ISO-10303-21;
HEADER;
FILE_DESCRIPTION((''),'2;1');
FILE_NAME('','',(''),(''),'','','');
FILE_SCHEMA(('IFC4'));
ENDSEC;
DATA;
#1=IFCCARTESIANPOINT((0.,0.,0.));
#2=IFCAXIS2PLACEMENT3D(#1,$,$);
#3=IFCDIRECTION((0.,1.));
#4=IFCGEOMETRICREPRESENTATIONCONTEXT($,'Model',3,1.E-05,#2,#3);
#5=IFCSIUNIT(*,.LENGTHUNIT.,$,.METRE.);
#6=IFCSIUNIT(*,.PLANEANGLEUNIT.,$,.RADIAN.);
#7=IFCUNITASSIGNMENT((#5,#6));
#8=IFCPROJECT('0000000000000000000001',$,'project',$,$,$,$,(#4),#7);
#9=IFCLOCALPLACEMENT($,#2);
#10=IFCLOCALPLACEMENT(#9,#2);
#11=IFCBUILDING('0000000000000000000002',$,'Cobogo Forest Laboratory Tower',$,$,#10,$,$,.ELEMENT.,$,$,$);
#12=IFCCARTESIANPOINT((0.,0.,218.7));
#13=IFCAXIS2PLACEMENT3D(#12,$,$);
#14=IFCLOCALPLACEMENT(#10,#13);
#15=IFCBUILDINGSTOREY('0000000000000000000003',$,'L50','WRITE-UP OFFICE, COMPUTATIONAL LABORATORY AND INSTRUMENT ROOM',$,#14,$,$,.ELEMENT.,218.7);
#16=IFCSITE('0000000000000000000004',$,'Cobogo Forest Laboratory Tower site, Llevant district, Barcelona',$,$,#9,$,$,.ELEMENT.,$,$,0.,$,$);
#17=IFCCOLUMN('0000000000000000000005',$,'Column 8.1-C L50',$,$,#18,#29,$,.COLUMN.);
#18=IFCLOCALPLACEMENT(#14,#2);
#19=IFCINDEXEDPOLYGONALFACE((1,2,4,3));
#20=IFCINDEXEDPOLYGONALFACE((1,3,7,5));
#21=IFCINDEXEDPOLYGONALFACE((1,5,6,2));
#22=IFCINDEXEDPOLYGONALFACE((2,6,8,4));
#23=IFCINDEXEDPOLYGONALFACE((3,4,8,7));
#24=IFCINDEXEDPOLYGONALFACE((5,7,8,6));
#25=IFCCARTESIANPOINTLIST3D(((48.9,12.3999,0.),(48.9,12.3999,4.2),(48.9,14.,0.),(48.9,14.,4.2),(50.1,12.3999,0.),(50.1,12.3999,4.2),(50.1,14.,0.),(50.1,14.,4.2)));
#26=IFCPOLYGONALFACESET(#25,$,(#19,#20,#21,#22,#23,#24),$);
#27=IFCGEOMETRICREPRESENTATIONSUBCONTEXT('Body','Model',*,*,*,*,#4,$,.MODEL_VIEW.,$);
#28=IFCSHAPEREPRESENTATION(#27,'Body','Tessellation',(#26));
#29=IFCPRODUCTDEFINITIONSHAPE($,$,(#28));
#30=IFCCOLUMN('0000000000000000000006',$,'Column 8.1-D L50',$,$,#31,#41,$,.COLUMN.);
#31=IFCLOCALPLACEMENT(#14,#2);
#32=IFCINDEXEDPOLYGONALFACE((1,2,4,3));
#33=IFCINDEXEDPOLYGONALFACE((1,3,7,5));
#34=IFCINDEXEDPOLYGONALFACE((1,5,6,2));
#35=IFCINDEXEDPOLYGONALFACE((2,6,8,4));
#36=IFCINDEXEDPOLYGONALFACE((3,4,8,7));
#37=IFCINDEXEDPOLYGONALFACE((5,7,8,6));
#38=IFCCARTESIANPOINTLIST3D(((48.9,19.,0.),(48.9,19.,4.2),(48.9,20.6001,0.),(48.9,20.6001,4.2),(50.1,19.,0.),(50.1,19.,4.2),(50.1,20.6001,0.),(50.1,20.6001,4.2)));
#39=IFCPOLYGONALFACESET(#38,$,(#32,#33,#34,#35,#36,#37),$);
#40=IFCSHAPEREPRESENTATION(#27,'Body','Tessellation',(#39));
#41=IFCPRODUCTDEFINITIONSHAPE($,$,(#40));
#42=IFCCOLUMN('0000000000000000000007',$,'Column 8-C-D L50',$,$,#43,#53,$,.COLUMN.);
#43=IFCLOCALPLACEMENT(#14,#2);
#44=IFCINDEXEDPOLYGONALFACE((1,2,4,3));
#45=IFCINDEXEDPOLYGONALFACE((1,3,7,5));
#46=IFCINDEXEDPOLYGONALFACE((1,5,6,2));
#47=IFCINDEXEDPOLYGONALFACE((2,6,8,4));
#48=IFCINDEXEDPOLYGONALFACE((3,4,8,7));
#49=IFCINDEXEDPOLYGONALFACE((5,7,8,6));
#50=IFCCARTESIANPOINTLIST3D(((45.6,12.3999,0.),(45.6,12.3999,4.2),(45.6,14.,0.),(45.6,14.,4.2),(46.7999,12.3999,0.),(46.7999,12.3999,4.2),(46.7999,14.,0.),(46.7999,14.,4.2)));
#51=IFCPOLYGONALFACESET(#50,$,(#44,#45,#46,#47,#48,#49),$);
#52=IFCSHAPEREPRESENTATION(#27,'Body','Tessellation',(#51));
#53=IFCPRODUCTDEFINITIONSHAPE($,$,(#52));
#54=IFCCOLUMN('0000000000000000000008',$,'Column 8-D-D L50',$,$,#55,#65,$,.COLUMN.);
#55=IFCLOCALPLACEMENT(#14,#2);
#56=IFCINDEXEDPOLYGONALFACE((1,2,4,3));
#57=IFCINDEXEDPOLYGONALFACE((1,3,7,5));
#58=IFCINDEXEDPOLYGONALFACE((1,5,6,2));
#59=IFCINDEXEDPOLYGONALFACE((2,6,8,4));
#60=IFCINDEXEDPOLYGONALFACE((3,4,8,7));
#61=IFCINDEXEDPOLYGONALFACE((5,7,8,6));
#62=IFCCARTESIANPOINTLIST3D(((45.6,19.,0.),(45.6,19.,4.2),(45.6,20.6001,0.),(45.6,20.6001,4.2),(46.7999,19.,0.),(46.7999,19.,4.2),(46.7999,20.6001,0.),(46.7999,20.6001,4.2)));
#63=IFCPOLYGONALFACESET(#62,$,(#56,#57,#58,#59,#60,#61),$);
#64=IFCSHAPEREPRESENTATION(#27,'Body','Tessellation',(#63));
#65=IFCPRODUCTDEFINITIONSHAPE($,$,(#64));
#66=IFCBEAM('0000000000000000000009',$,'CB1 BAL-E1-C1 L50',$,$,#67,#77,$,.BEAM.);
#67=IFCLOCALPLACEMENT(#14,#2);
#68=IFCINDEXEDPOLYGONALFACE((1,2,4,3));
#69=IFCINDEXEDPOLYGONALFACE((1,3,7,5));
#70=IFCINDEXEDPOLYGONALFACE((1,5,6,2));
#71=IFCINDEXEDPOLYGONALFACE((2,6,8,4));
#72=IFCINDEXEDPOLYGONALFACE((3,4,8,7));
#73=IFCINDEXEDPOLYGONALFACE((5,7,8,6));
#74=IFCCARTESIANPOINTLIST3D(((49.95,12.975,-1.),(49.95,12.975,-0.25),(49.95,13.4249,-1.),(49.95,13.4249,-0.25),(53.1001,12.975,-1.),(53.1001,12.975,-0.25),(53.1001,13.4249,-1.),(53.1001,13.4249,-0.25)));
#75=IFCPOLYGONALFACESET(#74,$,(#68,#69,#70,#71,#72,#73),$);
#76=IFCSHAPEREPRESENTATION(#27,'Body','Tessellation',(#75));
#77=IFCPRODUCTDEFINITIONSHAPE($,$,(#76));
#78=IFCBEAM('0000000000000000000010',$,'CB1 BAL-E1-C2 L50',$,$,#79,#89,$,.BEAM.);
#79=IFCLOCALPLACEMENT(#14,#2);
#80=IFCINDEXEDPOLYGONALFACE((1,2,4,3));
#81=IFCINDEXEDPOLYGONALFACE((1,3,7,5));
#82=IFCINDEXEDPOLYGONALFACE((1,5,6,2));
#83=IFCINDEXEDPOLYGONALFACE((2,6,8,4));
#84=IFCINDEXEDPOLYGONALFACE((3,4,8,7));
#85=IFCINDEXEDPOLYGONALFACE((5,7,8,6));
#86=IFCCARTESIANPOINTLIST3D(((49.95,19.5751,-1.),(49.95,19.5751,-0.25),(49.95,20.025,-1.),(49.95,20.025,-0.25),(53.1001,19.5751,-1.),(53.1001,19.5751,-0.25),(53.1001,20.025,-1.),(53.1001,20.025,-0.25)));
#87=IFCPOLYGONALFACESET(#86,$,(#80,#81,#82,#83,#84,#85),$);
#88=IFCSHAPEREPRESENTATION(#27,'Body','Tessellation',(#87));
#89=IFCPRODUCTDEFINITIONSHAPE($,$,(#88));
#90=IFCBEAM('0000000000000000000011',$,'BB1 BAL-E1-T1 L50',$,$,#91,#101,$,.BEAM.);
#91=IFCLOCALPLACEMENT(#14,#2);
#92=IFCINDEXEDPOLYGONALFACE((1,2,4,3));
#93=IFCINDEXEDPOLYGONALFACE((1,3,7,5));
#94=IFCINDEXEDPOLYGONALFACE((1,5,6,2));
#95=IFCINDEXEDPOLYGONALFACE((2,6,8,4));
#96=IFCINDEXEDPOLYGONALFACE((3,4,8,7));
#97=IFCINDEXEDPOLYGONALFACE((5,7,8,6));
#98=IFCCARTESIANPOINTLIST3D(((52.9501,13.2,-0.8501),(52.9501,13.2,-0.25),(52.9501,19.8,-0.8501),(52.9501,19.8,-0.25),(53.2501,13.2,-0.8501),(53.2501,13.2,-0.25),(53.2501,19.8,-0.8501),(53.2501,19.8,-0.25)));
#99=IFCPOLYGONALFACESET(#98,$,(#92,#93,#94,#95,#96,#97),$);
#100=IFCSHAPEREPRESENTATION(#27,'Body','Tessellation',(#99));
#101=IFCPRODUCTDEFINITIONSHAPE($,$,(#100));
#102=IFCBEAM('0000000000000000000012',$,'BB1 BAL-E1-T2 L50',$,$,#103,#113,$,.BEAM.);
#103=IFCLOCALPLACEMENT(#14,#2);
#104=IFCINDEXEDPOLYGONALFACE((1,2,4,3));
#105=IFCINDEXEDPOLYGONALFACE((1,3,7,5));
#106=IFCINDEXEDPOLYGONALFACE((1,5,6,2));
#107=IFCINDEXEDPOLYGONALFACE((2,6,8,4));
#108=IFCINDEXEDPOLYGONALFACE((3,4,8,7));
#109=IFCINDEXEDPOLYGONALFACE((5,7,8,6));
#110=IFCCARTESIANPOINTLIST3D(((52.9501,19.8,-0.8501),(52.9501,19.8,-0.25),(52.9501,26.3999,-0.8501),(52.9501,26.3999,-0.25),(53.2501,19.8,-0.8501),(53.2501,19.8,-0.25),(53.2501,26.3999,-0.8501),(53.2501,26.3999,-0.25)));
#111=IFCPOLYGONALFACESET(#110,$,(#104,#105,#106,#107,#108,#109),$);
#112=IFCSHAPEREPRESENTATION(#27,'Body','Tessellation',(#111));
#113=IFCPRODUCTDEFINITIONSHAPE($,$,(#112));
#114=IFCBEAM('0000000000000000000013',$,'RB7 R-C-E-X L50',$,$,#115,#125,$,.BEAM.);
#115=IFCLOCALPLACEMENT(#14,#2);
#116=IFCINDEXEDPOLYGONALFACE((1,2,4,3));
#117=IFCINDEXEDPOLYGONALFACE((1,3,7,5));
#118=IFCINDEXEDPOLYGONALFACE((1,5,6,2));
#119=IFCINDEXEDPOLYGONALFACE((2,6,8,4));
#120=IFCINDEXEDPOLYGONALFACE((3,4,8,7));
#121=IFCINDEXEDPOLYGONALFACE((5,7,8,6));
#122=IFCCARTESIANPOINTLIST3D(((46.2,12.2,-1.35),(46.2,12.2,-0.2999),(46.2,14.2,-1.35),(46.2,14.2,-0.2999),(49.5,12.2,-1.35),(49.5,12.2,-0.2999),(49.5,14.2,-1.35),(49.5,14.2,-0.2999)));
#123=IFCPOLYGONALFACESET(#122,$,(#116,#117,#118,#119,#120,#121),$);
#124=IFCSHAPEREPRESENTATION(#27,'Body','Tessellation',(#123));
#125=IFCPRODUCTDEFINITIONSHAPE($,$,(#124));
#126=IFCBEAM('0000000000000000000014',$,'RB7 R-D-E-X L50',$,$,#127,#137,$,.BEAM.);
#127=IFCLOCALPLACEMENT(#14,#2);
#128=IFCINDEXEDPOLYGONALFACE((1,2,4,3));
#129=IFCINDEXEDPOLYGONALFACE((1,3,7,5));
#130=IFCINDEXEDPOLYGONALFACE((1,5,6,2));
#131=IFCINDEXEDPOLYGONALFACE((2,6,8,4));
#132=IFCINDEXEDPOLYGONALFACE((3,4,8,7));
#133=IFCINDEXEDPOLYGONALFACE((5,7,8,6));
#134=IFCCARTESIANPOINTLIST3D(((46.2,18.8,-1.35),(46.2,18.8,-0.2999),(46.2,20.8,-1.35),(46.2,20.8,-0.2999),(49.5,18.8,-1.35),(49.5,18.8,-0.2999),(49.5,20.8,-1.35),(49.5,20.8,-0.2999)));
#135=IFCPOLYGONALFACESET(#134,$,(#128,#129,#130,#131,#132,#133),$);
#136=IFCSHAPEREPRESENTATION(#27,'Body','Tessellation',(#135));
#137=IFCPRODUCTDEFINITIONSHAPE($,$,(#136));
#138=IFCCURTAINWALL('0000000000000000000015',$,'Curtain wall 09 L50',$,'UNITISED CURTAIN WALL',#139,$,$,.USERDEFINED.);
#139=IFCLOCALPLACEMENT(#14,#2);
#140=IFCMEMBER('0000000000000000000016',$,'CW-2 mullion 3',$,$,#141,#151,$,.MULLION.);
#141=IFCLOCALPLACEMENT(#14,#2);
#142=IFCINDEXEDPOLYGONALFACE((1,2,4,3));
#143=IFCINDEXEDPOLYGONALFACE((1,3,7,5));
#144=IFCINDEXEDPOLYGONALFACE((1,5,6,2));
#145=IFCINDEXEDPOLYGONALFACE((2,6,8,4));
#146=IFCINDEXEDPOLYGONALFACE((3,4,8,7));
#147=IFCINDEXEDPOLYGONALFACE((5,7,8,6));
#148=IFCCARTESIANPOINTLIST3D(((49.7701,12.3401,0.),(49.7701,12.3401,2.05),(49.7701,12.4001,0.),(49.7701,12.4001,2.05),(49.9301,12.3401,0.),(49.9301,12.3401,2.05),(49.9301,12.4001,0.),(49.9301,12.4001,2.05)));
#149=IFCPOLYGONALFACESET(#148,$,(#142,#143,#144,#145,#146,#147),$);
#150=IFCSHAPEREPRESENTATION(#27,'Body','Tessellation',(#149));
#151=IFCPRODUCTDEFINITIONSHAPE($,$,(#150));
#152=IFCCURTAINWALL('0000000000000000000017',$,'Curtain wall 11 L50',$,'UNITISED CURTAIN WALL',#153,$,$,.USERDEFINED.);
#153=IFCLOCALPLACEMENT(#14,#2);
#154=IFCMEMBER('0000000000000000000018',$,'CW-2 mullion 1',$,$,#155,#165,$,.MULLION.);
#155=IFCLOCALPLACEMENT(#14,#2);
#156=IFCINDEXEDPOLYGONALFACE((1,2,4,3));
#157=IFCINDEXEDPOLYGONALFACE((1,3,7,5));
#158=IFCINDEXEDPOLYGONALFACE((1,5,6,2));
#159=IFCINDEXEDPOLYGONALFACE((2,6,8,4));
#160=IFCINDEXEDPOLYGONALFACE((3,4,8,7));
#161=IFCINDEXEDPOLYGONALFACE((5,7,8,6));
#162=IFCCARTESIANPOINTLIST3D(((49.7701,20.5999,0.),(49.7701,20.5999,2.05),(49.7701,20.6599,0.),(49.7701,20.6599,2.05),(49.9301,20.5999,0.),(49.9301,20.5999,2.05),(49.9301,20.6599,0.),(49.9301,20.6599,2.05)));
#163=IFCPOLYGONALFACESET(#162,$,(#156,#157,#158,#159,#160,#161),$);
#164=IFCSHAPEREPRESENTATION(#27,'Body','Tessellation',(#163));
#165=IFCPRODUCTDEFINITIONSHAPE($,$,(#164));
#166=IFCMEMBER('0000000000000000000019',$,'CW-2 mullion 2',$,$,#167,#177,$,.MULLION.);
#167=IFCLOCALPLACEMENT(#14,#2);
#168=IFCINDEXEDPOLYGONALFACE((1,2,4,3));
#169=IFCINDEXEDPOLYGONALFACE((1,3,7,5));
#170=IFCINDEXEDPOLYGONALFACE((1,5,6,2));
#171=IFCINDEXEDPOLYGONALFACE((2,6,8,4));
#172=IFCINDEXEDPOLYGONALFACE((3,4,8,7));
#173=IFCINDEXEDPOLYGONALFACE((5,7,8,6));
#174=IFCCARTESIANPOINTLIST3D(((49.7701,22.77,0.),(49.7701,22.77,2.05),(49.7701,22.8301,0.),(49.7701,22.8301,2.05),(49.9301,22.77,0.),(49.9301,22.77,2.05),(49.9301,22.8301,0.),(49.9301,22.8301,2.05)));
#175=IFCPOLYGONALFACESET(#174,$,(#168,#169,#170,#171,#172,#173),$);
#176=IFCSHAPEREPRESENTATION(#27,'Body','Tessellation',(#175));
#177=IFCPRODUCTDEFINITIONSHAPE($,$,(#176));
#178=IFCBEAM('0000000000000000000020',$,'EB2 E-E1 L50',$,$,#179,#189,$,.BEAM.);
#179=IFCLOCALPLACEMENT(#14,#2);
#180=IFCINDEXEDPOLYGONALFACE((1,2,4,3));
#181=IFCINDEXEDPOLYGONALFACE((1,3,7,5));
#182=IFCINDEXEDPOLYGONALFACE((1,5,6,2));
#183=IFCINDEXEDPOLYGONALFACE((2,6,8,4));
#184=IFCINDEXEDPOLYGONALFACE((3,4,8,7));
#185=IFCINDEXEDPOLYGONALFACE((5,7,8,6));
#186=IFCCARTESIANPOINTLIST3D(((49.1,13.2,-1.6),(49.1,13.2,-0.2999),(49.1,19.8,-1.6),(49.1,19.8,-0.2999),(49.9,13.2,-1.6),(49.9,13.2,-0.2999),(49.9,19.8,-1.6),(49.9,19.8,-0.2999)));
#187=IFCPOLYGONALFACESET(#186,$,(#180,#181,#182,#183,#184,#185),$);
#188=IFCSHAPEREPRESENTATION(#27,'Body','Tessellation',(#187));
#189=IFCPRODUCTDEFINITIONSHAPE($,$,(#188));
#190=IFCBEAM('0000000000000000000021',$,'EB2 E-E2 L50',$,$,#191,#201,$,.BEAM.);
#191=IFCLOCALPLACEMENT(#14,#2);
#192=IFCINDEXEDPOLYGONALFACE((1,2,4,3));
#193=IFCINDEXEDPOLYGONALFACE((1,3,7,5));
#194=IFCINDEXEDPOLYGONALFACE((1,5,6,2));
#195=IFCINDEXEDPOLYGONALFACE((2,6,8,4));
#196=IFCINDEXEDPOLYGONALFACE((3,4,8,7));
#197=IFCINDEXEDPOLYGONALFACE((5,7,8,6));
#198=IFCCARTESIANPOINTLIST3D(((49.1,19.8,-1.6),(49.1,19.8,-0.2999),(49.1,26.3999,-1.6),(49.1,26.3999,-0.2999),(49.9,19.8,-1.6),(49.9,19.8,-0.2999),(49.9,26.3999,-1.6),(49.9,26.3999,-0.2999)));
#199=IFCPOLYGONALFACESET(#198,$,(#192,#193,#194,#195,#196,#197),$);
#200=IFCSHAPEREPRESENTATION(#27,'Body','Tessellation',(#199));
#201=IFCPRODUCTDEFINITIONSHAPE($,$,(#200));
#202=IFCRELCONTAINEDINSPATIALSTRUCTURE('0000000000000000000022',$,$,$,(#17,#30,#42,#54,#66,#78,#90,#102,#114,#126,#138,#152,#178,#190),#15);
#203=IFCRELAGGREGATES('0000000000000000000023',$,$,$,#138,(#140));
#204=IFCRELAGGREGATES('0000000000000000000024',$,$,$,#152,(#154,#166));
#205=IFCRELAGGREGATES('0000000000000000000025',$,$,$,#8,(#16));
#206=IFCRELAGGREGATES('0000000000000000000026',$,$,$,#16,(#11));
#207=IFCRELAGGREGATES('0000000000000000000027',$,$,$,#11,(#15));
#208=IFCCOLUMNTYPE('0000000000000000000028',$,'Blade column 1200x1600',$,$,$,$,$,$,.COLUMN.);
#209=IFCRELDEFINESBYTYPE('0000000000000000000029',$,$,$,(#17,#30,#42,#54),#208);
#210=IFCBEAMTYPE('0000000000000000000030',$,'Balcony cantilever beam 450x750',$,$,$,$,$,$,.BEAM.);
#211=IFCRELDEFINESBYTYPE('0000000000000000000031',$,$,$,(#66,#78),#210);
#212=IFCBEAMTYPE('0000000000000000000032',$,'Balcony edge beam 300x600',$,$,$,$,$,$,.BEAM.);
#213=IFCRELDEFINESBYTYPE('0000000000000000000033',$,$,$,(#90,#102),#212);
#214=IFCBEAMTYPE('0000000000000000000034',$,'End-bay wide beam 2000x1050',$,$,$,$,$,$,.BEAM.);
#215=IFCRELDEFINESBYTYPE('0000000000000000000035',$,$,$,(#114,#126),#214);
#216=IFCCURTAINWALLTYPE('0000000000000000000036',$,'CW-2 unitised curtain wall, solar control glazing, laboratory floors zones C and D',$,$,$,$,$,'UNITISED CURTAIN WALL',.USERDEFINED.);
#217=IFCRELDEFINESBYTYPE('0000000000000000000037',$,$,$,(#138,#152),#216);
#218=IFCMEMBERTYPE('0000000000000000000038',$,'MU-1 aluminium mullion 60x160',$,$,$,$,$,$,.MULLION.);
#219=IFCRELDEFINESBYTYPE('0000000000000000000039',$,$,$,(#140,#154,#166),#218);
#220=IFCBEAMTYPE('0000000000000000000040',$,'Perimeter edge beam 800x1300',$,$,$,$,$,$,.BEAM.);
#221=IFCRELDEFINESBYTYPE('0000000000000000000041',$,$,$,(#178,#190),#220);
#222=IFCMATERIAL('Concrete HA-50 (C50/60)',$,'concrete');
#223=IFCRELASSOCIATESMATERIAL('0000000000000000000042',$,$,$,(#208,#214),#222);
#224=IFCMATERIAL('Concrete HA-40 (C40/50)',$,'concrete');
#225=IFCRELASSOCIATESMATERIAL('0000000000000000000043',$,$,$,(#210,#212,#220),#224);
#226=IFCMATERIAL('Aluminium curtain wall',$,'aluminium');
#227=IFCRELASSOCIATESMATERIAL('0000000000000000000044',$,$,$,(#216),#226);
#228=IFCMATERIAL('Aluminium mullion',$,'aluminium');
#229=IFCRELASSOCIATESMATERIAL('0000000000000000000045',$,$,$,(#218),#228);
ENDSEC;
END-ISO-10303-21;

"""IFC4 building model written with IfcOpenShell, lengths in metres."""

from ifc_helpers import new_model, si_unit, direction, frame, origin, origin_2d, place, context, subcontext, project, spatial, rectangle, extrude, material, material_profile, profile_set, type_object, element, aggregate, save


model = new_model("IFC4")

# Units and contexts
model_context = context("Model", 3, precision=1e-05, world=origin(), true_north=direction((0.0, 1.0)))
body_context = subcontext(model_context, "Body", "Model", "MODEL_VIEW")
ifc_project = project(units=[si_unit("LENGTHUNIT", "METRE"), si_unit("PLANEANGLEUNIT", "RADIAN")], contexts=[model_context])

# Site, building, storey
site_placement = place(None, origin())
site = spatial("IfcSite", under=ifc_project, at=site_placement, Name="Cobogo Forest Laboratory Tower site, Llevant district, Barcelona", CompositionType="ELEMENT", RefElevation=0.0)
building_placement = place(site_placement, origin())
building = spatial("IfcBuilding", under=site, at=building_placement, Name="Cobogo Forest Laboratory Tower", CompositionType="ELEMENT")
storey_placement = place(building_placement, frame((0.0, 0.0, 218.7)))
storey = spatial("IfcBuildingStorey", under=building, at=storey_placement, Name="L50", Description="WRITE-UP OFFICE, COMPUTATIONAL LABORATORY AND INSTRUMENT ROOM", CompositionType="ELEMENT", Elevation=218.7)

# Columns
ifc_material_1 = material(Name="Concrete HA-50 (C50/60)", Category="concrete")
ifc_material_profile_1 = material_profile(ifc_material_1, rectangle(XDim=1.6001, YDim=1.2, at=origin_2d()), Name="RC 1200x1600")
ifc_profile_set_1 = profile_set([ifc_material_profile_1], Name="Concrete HA-50 (C50/60)")
column_type = type_object("IfcColumnType", Name="Blade column 1200x1600", PredefinedType="COLUMN", material=ifc_profile_set_1)
for number, where, z_axis, x_axis, name in (
    (1, (49.5, 13.2, 0.0), (0.0, 0.0, 1.0), (0.0, 1.0, 0.0), "Column 8.1-C L50"),
    (2, (49.5, 19.8, 0.0), (0.0, 0.0, 1.0), (0.0, 1.0, 0.0), "Column 8.1-D L50"),
    (3, (46.2, 13.2, 0.0), (0.0, 0.0, 1.0), (0.0, 1.0, 0.0), "Column 8-C-D L50"),
    (4, (46.2, 19.8, 0.0), (0.0, 0.0, 1.0), (0.0, 1.0, 0.0), "Column 8-D-D L50"),
):
    element("IfcColumn", number, at=place(storey_placement, frame(where, z_axis=z_axis, x_axis=x_axis)), inside=storey, type_object=column_type, Name=name, PredefinedType="COLUMN", context=body_context, shape_type="SweptSolid", body=[
        extrude(rectangle(XDim=1.6001, YDim=1.2, at=origin_2d()), origin(), (0.0, 0.0, 1.0), 4.2),
    ])

# Beams
ifc_material_2 = material(Name="Concrete HA-40 (C40/50)", Category="concrete")
ifc_material_profile_2 = material_profile(ifc_material_2, rectangle(XDim=0.45, YDim=0.75, at=origin_2d()), Name="RC 450x750")
ifc_profile_set_2 = profile_set([ifc_material_profile_2], Name="Concrete HA-40 (C40/50)")
beam_type_1 = type_object("IfcBeamType", Name="Balcony cantilever beam 450x750", PredefinedType="BEAM", material=ifc_profile_set_2)
for number, where, z_axis, x_axis, name in (
    (5, (49.95, 13.2, -0.625), (1.0, 0.0, 0.0), (0.0, 1.0, 0.0), "CB1 BAL-E1-C1 L50"),
    (6, (49.95, 19.8, -0.625), (1.0, 0.0, 0.0), (0.0, 1.0, 0.0), "CB1 BAL-E1-C2 L50"),
):
    element("IfcBeam", number, at=place(storey_placement, frame(where, z_axis=z_axis, x_axis=x_axis)), inside=storey, type_object=beam_type_1, Name=name, PredefinedType="BEAM", context=body_context, shape_type="SweptSolid", body=[
        extrude(rectangle(XDim=0.45, YDim=0.75, at=origin_2d()), origin(), (0.0, 0.0, 1.0), 3.1501),
    ])
ifc_material_profile_3 = material_profile(ifc_material_2, rectangle(XDim=0.3, YDim=0.6001, at=origin_2d()), Name="RC 300x600")
ifc_profile_set_3 = profile_set([ifc_material_profile_3], Name="Concrete HA-40 (C40/50)")
beam_type_2 = type_object("IfcBeamType", Name="Balcony edge beam 300x600", PredefinedType="BEAM", material=ifc_profile_set_3)
beam_1_placement = place(storey_placement, frame((53.1001, 13.2, -0.55), z_axis=(0.0, 1.0, 0.0), x_axis=(-1.0, 0.0, 0.0)))
element("IfcBeam", 7, at=beam_1_placement, inside=storey, type_object=beam_type_2, Name="BB1 BAL-E1-T1 L50", PredefinedType="BEAM", context=body_context, shape_type="SweptSolid", body=[
    extrude(rectangle(XDim=0.3, YDim=0.6001, at=origin_2d()), origin(), (0.0, 0.0, 1.0), 6.6001),
])
beam_2_placement = place(storey_placement, frame((53.1001, 19.8, -0.55), z_axis=(0.0, 1.0, 0.0), x_axis=(-1.0, 0.0, 0.0)))
element("IfcBeam", 8, at=beam_2_placement, inside=storey, type_object=beam_type_2, Name="BB1 BAL-E1-T2 L50", PredefinedType="BEAM", context=body_context, shape_type="SweptSolid", body=[
    extrude(rectangle(XDim=0.3, YDim=0.6001, at=origin_2d()), origin(), (0.0, 0.0, 1.0), 6.5999),
])
ifc_material_profile_4 = material_profile(ifc_material_1, rectangle(XDim=2.0, YDim=1.05, at=origin_2d()), Name="RC 2000x1050")
ifc_profile_set_4 = profile_set([ifc_material_profile_4], Name="Concrete HA-50 (C50/60)")
beam_type_3 = type_object("IfcBeamType", Name="End-bay wide beam 2000x1050", PredefinedType="BEAM", material=ifc_profile_set_4)
for number, where, z_axis, x_axis, name in (
    (9, (49.5, 13.2, -0.825), (-1.0, 0.0, 0.0), (0.0, -1.0, 0.0), "RB7 R-C-E-X L50"),
    (10, (49.5, 19.8, -0.825), (-1.0, 0.0, 0.0), (0.0, -1.0, 0.0), "RB7 R-D-E-X L50"),
):
    element("IfcBeam", number, at=place(storey_placement, frame(where, z_axis=z_axis, x_axis=x_axis)), inside=storey, type_object=beam_type_3, Name=name, PredefinedType="BEAM", context=body_context, shape_type="SweptSolid", body=[
        extrude(rectangle(XDim=2.0, YDim=1.05, at=origin_2d()), origin(), (0.0, 0.0, 1.0), 3.3),
    ])

# Curtain wall, member
ifc_material_3 = material(Name="Aluminium curtain wall", Category="aluminium")
curtain_wall_type = type_object("IfcCurtainWallType", Name="CW-2 unitised curtain wall, solar control glazing, laboratory floors zones C and D", ElementType="UNITISED CURTAIN WALL", PredefinedType="USERDEFINED", material=ifc_material_3)
curtain_wall_1_placement = place(storey_placement, origin())
curtain_wall_1 = element("IfcCurtainWall", 11, at=curtain_wall_1_placement, inside=storey, type_object=curtain_wall_type, Name="Curtain wall 09 L50", ObjectType="UNITISED CURTAIN WALL", PredefinedType="USERDEFINED")
ifc_material_4 = material(Name="Aluminium mullion", Category="aluminium")
ifc_material_profile_5 = material_profile(ifc_material_4, rectangle(XDim=0.0601, YDim=0.1599, at=origin_2d()), Name="AL 60x160")
ifc_profile_set_5 = profile_set([ifc_material_profile_5], Name="Aluminium mullion")
member_type_1 = type_object("IfcMemberType", Name="MU-1 aluminium mullion 60x160", PredefinedType="MULLION", material=ifc_profile_set_5)
member_1_placement = place(storey_placement, frame((49.8501, 12.3701, 0.0), z_axis=(0.0, 0.0, 1.0), x_axis=(0.0, 1.0, 0.0)))
member_1 = element("IfcMember", 12, at=member_1_placement, type_object=member_type_1, Name="CW-2 mullion 3", PredefinedType="MULLION", context=body_context, shape_type="SweptSolid", body=[
    extrude(rectangle(XDim=0.0601, YDim=0.1599, at=origin_2d()), origin(), (0.0, 0.0, 1.0), 2.05),
])

# Curtain wall, members
curtain_wall_2_placement = place(storey_placement, origin())
curtain_wall_2 = element("IfcCurtainWall", 13, at=curtain_wall_2_placement, inside=storey, type_object=curtain_wall_type, Name="Curtain wall 11 L50", ObjectType="UNITISED CURTAIN WALL", PredefinedType="USERDEFINED")
member_2_placement = place(storey_placement, frame((49.8501, 20.6299, 0.0), z_axis=(0.0, 0.0, 1.0), x_axis=(0.0, 1.0, 0.0)))
member_2 = element("IfcMember", 14, at=member_2_placement, type_object=member_type_1, Name="CW-2 mullion 1", PredefinedType="MULLION", context=body_context, shape_type="SweptSolid", body=[
    extrude(rectangle(XDim=0.0601, YDim=0.1599, at=origin_2d()), origin(), (0.0, 0.0, 1.0), 2.05),
])
member_3_placement = place(storey_placement, frame((49.8501, 22.8, 0.0), z_axis=(0.0, 0.0, 1.0), x_axis=(0.0, 1.0, 0.0)))
member_3 = element("IfcMember", 15, at=member_3_placement, type_object=member_type_1, Name="CW-2 mullion 2", PredefinedType="MULLION", context=body_context, shape_type="SweptSolid", body=[
    extrude(rectangle(XDim=0.0601, YDim=0.1599, at=origin_2d()), origin(), (0.0, 0.0, 1.0), 2.05),
])

# Beams
ifc_material_profile_6 = material_profile(ifc_material_2, rectangle(XDim=0.8, YDim=1.3, at=origin_2d()), Name="RC 800x1300")
ifc_profile_set_6 = profile_set([ifc_material_profile_6], Name="Concrete HA-40 (C40/50)")
beam_type_4 = type_object("IfcBeamType", Name="Perimeter edge beam 800x1300", PredefinedType="BEAM", material=ifc_profile_set_6)
beam_3_placement = place(storey_placement, frame((49.5, 13.2, -0.95), z_axis=(0.0, 1.0, 0.0), x_axis=(-1.0, 0.0, 0.0)))
element("IfcBeam", 16, at=beam_3_placement, inside=storey, type_object=beam_type_4, Name="EB2 E-E1 L50", PredefinedType="BEAM", context=body_context, shape_type="SweptSolid", body=[
    extrude(rectangle(XDim=0.8, YDim=1.3, at=origin_2d()), origin(), (0.0, 0.0, 1.0), 6.6001),
])
beam_4_placement = place(storey_placement, frame((49.5, 19.8, -0.95), z_axis=(0.0, 1.0, 0.0), x_axis=(-1.0, 0.0, 0.0)))
element("IfcBeam", 17, at=beam_4_placement, inside=storey, type_object=beam_type_4, Name="EB2 E-E2 L50", PredefinedType="BEAM", context=body_context, shape_type="SweptSolid", body=[
    extrude(rectangle(XDim=0.8, YDim=1.3, at=origin_2d()), origin(), (0.0, 0.0, 1.0), 6.5999),
])

aggregate(curtain_wall_1, [member_1])
aggregate(curtain_wall_2, [member_2, member_3])

save(model, "model.ifc")
